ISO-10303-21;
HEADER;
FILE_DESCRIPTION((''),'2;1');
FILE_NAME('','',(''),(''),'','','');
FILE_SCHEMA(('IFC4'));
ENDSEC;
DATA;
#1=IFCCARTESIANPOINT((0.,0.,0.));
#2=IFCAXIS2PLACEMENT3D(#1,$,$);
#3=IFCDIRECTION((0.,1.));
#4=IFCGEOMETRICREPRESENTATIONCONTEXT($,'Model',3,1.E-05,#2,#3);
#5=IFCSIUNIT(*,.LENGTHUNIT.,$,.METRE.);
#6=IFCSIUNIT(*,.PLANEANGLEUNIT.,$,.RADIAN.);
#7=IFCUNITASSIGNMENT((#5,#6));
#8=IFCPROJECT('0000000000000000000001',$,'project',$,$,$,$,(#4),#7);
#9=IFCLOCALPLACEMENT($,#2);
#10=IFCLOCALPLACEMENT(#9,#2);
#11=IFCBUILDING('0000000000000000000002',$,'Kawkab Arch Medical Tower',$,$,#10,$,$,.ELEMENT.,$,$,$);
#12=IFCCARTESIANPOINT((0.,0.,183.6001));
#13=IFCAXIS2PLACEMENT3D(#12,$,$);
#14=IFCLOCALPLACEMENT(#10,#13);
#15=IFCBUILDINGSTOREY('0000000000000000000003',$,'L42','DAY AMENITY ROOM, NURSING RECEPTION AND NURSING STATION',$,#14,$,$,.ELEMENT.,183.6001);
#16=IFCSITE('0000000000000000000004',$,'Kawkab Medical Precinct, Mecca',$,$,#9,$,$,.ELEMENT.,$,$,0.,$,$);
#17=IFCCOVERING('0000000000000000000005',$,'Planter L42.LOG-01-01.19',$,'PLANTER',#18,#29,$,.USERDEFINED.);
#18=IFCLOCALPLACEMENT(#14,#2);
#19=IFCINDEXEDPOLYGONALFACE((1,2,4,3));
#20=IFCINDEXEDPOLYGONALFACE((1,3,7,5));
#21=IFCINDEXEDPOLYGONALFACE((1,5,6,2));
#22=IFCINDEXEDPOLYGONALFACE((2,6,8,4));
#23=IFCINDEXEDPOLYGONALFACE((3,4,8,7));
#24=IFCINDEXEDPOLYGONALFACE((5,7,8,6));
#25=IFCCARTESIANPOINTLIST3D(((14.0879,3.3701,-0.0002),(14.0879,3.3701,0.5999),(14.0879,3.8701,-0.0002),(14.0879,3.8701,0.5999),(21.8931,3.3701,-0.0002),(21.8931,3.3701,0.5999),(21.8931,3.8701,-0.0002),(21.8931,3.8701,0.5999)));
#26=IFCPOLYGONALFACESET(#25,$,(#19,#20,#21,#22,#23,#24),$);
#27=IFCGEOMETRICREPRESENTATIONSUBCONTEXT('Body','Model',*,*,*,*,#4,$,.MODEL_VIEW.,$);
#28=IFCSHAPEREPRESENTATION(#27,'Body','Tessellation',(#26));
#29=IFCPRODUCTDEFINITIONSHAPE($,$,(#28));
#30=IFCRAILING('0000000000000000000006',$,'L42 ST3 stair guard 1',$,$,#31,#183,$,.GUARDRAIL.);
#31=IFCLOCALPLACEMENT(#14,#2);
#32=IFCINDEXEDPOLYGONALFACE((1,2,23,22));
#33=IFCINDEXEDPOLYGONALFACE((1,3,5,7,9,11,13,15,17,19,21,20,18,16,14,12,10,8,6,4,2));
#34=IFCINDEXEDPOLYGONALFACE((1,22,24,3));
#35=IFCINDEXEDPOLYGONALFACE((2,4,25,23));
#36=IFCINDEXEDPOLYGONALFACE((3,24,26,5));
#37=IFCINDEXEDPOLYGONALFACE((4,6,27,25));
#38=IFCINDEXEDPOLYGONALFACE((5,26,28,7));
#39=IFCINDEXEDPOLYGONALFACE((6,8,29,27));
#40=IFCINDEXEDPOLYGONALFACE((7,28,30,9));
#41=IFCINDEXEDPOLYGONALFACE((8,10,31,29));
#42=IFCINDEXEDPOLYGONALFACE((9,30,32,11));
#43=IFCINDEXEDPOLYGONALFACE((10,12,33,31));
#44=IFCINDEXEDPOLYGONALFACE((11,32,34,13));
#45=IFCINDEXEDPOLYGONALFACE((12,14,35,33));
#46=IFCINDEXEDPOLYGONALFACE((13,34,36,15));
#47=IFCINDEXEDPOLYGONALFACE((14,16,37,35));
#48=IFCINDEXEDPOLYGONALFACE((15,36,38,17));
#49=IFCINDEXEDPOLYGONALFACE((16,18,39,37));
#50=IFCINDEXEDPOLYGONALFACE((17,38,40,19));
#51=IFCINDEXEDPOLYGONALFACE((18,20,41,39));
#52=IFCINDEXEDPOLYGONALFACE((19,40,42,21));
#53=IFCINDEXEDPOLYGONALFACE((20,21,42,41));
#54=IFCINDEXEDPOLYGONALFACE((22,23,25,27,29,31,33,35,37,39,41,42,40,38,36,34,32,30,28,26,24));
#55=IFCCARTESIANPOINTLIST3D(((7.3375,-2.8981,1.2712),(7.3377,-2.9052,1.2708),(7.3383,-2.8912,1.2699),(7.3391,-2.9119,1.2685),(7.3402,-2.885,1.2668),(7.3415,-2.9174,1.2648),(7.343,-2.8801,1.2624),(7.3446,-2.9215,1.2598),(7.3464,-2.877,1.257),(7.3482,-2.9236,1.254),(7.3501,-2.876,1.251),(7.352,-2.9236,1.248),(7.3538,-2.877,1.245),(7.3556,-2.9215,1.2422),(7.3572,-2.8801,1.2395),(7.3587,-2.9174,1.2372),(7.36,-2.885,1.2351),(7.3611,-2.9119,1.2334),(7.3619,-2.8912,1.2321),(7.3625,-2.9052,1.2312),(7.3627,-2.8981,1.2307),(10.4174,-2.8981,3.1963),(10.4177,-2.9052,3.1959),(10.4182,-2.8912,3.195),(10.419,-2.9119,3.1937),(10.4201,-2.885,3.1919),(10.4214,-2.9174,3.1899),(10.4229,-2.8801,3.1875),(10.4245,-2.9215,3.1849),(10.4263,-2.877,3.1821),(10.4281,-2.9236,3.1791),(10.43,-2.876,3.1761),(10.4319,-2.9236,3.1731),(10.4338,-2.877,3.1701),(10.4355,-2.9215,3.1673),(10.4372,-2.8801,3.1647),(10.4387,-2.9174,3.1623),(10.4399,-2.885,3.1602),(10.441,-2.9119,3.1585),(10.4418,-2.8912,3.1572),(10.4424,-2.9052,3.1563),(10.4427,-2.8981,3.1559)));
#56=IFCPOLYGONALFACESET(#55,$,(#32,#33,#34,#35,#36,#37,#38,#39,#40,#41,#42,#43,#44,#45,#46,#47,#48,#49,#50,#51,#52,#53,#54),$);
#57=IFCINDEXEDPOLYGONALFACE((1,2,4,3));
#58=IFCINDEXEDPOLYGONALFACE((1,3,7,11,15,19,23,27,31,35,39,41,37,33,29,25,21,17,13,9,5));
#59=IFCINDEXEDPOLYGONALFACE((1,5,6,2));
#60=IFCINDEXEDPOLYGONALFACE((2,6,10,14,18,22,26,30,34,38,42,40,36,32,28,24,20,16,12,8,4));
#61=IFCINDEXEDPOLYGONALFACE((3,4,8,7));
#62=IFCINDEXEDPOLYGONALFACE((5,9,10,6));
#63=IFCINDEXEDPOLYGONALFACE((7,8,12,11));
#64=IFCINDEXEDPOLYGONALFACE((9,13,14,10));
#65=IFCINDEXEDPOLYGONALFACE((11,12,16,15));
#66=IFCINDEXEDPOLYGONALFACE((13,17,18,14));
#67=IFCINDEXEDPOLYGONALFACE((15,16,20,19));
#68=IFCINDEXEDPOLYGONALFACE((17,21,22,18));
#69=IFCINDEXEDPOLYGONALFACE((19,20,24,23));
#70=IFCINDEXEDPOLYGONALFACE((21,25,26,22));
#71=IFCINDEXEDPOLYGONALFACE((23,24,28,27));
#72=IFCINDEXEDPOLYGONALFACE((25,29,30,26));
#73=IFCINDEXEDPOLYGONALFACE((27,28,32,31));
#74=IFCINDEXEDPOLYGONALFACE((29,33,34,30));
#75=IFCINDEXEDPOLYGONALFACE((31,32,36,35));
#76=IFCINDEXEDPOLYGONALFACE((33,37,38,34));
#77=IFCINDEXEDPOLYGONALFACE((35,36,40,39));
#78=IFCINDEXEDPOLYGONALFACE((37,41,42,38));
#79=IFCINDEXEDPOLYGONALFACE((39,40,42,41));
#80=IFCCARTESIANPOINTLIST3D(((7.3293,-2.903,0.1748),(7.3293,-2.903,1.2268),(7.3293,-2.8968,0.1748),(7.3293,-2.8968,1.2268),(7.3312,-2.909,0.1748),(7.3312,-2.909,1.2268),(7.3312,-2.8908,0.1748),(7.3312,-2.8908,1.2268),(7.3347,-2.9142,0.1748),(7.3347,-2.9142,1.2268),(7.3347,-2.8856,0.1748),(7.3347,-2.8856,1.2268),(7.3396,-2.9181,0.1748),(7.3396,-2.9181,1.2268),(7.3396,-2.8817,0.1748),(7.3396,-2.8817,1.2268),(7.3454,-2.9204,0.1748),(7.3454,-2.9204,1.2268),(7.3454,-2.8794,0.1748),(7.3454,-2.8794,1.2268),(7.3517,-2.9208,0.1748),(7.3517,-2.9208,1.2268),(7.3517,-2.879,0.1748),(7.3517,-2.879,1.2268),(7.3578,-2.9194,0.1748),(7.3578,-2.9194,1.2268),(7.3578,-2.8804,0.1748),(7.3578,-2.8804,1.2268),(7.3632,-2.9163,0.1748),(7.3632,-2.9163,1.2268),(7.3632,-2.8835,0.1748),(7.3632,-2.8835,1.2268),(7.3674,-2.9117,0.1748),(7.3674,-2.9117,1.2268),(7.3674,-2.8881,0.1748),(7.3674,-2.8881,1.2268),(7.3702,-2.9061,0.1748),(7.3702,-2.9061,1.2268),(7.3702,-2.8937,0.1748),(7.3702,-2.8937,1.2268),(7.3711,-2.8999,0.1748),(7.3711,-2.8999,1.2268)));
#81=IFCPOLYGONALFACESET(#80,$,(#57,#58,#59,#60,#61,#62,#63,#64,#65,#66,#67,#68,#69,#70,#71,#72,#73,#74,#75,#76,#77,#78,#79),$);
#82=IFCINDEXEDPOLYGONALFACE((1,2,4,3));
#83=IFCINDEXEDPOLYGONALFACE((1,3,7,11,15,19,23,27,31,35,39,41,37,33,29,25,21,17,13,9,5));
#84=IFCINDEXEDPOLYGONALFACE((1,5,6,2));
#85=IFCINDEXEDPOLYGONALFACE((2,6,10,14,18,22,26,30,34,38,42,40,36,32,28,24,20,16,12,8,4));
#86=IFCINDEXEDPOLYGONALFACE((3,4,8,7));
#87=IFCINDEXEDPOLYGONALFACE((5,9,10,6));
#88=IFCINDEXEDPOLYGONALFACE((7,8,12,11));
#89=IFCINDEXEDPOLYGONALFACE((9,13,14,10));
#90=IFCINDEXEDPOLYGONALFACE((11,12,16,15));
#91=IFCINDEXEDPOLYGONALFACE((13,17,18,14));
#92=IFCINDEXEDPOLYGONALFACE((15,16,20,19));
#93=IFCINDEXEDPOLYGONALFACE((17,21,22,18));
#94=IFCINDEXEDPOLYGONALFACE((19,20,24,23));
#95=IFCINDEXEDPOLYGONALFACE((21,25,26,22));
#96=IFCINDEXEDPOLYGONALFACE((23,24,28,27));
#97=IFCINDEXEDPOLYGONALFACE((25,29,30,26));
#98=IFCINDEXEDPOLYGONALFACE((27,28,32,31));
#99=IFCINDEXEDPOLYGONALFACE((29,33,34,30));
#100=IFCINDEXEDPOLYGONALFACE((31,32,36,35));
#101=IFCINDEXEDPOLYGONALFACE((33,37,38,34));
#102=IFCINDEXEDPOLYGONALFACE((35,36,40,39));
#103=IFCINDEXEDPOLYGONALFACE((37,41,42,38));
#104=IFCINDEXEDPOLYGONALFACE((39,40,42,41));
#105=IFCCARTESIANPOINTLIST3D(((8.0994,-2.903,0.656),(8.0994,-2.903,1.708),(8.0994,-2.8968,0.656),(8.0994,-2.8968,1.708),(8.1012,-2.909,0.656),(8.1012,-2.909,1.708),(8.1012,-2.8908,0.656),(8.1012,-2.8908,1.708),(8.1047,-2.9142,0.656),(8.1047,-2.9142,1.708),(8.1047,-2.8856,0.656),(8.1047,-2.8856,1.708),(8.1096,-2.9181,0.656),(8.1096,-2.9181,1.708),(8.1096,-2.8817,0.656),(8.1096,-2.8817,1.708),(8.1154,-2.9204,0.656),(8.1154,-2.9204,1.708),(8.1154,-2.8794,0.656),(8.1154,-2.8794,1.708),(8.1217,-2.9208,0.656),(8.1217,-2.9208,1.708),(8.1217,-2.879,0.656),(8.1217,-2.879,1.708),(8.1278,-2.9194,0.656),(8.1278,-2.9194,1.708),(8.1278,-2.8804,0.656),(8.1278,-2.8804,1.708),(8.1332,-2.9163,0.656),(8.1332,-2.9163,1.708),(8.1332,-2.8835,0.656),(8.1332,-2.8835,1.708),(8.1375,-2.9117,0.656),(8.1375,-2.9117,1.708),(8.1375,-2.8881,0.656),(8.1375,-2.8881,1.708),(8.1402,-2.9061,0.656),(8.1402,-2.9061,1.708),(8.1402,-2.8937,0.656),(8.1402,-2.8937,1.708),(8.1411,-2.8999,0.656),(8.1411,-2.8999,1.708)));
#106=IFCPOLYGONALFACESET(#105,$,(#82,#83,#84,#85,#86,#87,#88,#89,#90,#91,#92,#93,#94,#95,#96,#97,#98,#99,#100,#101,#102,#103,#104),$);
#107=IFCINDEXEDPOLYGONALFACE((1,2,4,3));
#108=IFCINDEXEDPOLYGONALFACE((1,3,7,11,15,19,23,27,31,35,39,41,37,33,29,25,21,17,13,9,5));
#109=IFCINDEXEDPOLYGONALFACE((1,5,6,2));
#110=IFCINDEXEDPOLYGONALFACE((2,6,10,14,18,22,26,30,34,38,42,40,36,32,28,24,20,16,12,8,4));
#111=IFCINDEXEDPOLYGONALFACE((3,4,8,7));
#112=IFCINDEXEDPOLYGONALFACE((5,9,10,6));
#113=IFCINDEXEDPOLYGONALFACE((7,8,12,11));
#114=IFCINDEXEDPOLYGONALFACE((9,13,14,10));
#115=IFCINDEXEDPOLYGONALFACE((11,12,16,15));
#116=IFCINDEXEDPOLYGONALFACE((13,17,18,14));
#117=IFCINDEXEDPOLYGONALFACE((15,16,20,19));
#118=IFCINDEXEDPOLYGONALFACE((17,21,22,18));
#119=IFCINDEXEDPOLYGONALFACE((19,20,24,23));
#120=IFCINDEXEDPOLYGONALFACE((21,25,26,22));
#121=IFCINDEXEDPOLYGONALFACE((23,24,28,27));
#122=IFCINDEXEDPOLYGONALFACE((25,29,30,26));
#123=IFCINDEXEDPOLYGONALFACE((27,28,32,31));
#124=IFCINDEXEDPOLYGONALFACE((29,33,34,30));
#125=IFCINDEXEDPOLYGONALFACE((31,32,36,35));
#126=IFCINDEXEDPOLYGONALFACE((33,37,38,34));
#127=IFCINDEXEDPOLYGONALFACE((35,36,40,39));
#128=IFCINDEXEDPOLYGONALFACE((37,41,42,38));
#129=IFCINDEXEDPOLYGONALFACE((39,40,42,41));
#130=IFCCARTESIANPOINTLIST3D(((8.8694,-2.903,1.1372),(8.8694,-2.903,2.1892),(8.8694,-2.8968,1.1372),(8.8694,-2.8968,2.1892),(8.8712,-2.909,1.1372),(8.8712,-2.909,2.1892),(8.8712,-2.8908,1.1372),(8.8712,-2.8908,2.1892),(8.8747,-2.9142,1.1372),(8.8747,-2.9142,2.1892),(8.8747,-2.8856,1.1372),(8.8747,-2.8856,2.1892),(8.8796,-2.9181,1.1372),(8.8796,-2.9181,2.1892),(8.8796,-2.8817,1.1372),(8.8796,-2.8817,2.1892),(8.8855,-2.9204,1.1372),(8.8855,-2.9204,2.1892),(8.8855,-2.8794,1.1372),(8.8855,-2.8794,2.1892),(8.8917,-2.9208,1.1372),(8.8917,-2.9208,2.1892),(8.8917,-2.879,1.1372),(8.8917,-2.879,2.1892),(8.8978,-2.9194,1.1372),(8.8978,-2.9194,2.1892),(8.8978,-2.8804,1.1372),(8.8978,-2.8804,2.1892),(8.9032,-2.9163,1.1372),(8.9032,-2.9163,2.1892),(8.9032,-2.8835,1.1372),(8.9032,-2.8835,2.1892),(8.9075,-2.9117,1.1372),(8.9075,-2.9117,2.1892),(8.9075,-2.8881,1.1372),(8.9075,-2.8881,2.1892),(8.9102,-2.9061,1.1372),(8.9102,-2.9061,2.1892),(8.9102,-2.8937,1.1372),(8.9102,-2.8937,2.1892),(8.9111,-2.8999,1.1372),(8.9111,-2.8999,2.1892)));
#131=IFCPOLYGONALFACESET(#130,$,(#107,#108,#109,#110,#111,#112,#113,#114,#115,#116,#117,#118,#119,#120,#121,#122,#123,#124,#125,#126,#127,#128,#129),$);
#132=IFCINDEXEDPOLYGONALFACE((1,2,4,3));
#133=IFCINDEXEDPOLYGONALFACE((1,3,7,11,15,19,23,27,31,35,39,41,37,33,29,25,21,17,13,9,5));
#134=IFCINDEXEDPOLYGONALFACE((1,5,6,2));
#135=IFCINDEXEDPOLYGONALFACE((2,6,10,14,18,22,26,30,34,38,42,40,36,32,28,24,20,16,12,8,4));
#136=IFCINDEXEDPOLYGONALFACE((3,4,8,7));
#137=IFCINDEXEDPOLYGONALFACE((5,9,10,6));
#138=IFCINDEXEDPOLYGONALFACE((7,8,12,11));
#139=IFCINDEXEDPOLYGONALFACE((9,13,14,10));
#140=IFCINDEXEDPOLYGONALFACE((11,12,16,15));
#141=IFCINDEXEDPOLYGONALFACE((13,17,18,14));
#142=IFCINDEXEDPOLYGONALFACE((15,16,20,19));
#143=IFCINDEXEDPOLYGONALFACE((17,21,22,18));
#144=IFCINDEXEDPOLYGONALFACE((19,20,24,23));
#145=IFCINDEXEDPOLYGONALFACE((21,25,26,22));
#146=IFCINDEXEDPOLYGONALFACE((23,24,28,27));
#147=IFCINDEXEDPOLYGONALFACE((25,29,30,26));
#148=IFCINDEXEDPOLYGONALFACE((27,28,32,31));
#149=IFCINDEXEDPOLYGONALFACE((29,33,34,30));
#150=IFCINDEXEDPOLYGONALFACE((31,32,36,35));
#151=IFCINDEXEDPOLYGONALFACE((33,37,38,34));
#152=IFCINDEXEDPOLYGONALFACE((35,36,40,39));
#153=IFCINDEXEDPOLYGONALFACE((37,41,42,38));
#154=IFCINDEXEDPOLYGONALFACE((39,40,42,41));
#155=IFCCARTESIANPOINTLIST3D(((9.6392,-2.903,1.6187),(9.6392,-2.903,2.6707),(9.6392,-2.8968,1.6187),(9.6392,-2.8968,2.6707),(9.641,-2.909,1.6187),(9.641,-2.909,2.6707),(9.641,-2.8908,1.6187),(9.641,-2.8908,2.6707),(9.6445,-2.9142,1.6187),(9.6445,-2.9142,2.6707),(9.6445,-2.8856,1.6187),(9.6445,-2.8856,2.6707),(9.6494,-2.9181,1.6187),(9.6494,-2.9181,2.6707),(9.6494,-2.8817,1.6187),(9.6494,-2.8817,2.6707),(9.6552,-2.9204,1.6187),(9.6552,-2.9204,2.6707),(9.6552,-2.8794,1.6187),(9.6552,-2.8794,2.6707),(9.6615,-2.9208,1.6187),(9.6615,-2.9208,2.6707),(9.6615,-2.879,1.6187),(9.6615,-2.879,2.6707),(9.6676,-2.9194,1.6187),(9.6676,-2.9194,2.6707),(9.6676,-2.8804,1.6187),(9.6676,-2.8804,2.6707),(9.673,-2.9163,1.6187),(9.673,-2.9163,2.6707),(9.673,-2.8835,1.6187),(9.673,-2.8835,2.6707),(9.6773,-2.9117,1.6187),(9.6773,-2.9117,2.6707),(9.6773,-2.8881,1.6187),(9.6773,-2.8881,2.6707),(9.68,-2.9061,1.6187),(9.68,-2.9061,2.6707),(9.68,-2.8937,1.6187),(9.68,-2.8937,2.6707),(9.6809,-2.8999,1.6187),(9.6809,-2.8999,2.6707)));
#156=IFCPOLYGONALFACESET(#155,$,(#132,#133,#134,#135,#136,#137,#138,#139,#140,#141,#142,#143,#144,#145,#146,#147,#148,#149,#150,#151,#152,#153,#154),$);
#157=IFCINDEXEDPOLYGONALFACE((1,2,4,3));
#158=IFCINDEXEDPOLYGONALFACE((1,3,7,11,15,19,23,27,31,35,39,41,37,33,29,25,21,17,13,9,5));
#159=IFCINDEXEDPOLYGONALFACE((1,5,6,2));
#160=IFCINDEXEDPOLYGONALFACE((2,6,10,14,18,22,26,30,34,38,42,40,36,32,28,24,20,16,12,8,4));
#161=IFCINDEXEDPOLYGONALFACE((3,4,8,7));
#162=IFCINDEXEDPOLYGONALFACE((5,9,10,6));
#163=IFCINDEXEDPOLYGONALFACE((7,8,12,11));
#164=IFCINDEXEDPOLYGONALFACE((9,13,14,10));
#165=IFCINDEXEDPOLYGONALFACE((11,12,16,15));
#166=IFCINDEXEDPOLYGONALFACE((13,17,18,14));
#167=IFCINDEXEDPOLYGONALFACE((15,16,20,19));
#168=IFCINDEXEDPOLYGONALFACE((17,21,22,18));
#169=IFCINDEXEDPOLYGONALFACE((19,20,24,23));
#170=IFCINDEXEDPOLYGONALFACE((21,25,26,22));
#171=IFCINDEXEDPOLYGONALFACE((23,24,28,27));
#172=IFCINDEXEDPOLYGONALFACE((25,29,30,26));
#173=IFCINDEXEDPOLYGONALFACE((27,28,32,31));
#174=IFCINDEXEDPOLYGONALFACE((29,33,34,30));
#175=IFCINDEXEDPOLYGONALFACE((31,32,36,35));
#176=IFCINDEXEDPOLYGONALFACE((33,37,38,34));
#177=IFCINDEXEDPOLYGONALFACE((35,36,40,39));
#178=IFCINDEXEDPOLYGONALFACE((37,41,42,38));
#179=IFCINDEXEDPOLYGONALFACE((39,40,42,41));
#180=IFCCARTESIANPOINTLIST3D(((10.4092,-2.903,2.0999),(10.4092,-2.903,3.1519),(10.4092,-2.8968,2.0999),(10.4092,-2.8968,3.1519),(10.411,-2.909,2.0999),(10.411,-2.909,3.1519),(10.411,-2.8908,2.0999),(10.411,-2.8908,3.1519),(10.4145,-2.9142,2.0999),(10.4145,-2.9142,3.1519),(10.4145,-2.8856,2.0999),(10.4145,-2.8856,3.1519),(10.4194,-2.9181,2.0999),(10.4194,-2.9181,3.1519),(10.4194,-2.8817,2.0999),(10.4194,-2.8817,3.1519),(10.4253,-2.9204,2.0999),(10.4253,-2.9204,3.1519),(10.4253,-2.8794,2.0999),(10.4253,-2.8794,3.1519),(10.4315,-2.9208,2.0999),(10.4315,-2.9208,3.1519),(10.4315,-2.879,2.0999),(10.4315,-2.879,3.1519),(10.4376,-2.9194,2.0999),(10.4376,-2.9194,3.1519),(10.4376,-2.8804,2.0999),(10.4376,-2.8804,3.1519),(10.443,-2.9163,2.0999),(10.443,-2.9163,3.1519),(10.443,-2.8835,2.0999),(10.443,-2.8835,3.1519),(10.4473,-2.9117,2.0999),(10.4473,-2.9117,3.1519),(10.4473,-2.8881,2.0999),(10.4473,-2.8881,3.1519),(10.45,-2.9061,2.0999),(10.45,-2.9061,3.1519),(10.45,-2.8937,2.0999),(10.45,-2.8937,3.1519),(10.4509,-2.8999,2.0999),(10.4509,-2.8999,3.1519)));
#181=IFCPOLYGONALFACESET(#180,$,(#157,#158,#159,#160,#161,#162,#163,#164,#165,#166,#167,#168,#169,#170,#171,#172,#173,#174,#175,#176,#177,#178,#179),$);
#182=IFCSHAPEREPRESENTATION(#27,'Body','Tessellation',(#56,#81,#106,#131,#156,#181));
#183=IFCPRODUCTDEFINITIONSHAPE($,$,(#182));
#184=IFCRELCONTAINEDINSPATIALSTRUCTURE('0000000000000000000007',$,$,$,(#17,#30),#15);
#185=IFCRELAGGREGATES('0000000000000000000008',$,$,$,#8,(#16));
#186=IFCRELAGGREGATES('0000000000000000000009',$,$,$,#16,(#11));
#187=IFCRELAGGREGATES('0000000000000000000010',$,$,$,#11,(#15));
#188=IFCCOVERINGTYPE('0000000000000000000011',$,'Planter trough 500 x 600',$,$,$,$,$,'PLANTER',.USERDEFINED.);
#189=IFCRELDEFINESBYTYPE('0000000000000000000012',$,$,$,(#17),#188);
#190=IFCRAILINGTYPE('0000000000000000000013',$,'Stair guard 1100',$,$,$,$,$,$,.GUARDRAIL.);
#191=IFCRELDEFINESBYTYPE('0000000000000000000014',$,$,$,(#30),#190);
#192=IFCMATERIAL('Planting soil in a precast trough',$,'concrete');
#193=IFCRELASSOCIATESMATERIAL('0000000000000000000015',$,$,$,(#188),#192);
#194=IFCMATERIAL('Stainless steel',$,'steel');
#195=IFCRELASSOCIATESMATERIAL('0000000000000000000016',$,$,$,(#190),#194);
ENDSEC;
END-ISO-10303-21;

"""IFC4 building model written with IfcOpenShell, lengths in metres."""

from ifc_helpers import new_model, si_unit, direction, frame, origin, origin_2d, place, context, subcontext, project, spatial, rectangle, circle, extrude, material, material_profile, profile_set, type_object, element, save


model = new_model("IFC4")

# Units and contexts
model_context = context("Model", 3, precision=1e-05, world=origin(), true_north=direction((0.0, 1.0)))
body_context = subcontext(model_context, "Body", "Model", "MODEL_VIEW")
ifc_project = project(units=[si_unit("LENGTHUNIT", "METRE"), si_unit("PLANEANGLEUNIT", "RADIAN")], contexts=[model_context])

# Site, building, storey
site_placement = place(None, origin())
site = spatial("IfcSite", under=ifc_project, at=site_placement, Name="Kawkab Medical Precinct, Mecca", CompositionType="ELEMENT", RefElevation=0.0)
building_placement = place(site_placement, origin())
building = spatial("IfcBuilding", under=site, at=building_placement, Name="Kawkab Arch Medical Tower", CompositionType="ELEMENT")
storey_placement = place(building_placement, frame((0.0, 0.0, 183.6001)))
storey = spatial("IfcBuildingStorey", under=building, at=storey_placement, Name="L42", Description="DAY AMENITY ROOM, NURSING RECEPTION AND NURSING STATION", CompositionType="ELEMENT", Elevation=183.6001)

# Covering
ifc_material_1 = material(Name="Planting soil in a precast trough", Category="concrete")
ifc_material_profile_1 = material_profile(ifc_material_1, rectangle(XDim=0.5, YDim=0.6001, at=origin_2d()), Name="Trough 500x600")
ifc_profile_set_1 = profile_set([ifc_material_profile_1], Name="Planting soil in a precast trough")
covering_type_1 = type_object("IfcCoveringType", Name="Planter trough 500 x 600", ElementType="PLANTER", PredefinedType="USERDEFINED", material=ifc_profile_set_1)
covering_1_placement = place(storey_placement, frame((14.0879, 3.6201, 0.2998), z_axis=(1.0, 0.0, 0.0), x_axis=(0.0, 1.0, 0.0)))
element("IfcCovering", 1, at=covering_1_placement, inside=storey, type_object=covering_type_1, Name="Planter L42.LOG-01-01.19", ObjectType="PLANTER", PredefinedType="USERDEFINED", context=body_context, shape_type="SweptSolid", body=[
    extrude(rectangle(XDim=0.5, YDim=0.6001, at=origin_2d()), origin(), (0.0, 0.0, 1.0), 7.8052),
])

# Railing
ifc_material_2 = material(Name="Stainless steel", Category="steel")
railing_type_1 = type_object("IfcRailingType", Name="Stair guard 1100", PredefinedType="GUARDRAIL", material=ifc_material_2)
railing_1_placement = place(storey_placement, frame((7.3501, -2.8999, 0.1748)))
element("IfcRailing", 2, at=railing_1_placement, inside=storey, type_object=railing_type_1, Name="L42 ST3 stair guard 1", PredefinedType="GUARDRAIL", context=body_context, shape_type="SweptSolid", body=[
    extrude(circle(Radius=0.0239, at=origin_2d()), frame((0.0, 0.0, 1.0762), z_axis=(0.847979, 0.0, 0.530029), x_axis=(0.0, 1.0, 0.0)), (0.0, 0.0, 1.0), 3.6321),
    extrude(circle(Radius=0.021, at=origin_2d()), origin(), (0.0, 0.0, 1.0), 1.052),
    extrude(circle(Radius=0.021, at=origin_2d()), frame((0.77, 0.0, 0.4812)), (0.0, 0.0, 1.0), 1.052),
    extrude(circle(Radius=0.021, at=origin_2d()), frame((1.54, 0.0, 0.9624)), (0.0, 0.0, 1.0), 1.052),
    extrude(circle(Radius=0.021, at=origin_2d()), frame((2.3098, 0.0, 1.4438)), (0.0, 0.0, 1.0), 1.052),
    extrude(circle(Radius=0.021, at=origin_2d()), frame((3.0798, 0.0, 1.925)), (0.0, 0.0, 1.0), 1.052),
])

save(model, "model.ifc")
